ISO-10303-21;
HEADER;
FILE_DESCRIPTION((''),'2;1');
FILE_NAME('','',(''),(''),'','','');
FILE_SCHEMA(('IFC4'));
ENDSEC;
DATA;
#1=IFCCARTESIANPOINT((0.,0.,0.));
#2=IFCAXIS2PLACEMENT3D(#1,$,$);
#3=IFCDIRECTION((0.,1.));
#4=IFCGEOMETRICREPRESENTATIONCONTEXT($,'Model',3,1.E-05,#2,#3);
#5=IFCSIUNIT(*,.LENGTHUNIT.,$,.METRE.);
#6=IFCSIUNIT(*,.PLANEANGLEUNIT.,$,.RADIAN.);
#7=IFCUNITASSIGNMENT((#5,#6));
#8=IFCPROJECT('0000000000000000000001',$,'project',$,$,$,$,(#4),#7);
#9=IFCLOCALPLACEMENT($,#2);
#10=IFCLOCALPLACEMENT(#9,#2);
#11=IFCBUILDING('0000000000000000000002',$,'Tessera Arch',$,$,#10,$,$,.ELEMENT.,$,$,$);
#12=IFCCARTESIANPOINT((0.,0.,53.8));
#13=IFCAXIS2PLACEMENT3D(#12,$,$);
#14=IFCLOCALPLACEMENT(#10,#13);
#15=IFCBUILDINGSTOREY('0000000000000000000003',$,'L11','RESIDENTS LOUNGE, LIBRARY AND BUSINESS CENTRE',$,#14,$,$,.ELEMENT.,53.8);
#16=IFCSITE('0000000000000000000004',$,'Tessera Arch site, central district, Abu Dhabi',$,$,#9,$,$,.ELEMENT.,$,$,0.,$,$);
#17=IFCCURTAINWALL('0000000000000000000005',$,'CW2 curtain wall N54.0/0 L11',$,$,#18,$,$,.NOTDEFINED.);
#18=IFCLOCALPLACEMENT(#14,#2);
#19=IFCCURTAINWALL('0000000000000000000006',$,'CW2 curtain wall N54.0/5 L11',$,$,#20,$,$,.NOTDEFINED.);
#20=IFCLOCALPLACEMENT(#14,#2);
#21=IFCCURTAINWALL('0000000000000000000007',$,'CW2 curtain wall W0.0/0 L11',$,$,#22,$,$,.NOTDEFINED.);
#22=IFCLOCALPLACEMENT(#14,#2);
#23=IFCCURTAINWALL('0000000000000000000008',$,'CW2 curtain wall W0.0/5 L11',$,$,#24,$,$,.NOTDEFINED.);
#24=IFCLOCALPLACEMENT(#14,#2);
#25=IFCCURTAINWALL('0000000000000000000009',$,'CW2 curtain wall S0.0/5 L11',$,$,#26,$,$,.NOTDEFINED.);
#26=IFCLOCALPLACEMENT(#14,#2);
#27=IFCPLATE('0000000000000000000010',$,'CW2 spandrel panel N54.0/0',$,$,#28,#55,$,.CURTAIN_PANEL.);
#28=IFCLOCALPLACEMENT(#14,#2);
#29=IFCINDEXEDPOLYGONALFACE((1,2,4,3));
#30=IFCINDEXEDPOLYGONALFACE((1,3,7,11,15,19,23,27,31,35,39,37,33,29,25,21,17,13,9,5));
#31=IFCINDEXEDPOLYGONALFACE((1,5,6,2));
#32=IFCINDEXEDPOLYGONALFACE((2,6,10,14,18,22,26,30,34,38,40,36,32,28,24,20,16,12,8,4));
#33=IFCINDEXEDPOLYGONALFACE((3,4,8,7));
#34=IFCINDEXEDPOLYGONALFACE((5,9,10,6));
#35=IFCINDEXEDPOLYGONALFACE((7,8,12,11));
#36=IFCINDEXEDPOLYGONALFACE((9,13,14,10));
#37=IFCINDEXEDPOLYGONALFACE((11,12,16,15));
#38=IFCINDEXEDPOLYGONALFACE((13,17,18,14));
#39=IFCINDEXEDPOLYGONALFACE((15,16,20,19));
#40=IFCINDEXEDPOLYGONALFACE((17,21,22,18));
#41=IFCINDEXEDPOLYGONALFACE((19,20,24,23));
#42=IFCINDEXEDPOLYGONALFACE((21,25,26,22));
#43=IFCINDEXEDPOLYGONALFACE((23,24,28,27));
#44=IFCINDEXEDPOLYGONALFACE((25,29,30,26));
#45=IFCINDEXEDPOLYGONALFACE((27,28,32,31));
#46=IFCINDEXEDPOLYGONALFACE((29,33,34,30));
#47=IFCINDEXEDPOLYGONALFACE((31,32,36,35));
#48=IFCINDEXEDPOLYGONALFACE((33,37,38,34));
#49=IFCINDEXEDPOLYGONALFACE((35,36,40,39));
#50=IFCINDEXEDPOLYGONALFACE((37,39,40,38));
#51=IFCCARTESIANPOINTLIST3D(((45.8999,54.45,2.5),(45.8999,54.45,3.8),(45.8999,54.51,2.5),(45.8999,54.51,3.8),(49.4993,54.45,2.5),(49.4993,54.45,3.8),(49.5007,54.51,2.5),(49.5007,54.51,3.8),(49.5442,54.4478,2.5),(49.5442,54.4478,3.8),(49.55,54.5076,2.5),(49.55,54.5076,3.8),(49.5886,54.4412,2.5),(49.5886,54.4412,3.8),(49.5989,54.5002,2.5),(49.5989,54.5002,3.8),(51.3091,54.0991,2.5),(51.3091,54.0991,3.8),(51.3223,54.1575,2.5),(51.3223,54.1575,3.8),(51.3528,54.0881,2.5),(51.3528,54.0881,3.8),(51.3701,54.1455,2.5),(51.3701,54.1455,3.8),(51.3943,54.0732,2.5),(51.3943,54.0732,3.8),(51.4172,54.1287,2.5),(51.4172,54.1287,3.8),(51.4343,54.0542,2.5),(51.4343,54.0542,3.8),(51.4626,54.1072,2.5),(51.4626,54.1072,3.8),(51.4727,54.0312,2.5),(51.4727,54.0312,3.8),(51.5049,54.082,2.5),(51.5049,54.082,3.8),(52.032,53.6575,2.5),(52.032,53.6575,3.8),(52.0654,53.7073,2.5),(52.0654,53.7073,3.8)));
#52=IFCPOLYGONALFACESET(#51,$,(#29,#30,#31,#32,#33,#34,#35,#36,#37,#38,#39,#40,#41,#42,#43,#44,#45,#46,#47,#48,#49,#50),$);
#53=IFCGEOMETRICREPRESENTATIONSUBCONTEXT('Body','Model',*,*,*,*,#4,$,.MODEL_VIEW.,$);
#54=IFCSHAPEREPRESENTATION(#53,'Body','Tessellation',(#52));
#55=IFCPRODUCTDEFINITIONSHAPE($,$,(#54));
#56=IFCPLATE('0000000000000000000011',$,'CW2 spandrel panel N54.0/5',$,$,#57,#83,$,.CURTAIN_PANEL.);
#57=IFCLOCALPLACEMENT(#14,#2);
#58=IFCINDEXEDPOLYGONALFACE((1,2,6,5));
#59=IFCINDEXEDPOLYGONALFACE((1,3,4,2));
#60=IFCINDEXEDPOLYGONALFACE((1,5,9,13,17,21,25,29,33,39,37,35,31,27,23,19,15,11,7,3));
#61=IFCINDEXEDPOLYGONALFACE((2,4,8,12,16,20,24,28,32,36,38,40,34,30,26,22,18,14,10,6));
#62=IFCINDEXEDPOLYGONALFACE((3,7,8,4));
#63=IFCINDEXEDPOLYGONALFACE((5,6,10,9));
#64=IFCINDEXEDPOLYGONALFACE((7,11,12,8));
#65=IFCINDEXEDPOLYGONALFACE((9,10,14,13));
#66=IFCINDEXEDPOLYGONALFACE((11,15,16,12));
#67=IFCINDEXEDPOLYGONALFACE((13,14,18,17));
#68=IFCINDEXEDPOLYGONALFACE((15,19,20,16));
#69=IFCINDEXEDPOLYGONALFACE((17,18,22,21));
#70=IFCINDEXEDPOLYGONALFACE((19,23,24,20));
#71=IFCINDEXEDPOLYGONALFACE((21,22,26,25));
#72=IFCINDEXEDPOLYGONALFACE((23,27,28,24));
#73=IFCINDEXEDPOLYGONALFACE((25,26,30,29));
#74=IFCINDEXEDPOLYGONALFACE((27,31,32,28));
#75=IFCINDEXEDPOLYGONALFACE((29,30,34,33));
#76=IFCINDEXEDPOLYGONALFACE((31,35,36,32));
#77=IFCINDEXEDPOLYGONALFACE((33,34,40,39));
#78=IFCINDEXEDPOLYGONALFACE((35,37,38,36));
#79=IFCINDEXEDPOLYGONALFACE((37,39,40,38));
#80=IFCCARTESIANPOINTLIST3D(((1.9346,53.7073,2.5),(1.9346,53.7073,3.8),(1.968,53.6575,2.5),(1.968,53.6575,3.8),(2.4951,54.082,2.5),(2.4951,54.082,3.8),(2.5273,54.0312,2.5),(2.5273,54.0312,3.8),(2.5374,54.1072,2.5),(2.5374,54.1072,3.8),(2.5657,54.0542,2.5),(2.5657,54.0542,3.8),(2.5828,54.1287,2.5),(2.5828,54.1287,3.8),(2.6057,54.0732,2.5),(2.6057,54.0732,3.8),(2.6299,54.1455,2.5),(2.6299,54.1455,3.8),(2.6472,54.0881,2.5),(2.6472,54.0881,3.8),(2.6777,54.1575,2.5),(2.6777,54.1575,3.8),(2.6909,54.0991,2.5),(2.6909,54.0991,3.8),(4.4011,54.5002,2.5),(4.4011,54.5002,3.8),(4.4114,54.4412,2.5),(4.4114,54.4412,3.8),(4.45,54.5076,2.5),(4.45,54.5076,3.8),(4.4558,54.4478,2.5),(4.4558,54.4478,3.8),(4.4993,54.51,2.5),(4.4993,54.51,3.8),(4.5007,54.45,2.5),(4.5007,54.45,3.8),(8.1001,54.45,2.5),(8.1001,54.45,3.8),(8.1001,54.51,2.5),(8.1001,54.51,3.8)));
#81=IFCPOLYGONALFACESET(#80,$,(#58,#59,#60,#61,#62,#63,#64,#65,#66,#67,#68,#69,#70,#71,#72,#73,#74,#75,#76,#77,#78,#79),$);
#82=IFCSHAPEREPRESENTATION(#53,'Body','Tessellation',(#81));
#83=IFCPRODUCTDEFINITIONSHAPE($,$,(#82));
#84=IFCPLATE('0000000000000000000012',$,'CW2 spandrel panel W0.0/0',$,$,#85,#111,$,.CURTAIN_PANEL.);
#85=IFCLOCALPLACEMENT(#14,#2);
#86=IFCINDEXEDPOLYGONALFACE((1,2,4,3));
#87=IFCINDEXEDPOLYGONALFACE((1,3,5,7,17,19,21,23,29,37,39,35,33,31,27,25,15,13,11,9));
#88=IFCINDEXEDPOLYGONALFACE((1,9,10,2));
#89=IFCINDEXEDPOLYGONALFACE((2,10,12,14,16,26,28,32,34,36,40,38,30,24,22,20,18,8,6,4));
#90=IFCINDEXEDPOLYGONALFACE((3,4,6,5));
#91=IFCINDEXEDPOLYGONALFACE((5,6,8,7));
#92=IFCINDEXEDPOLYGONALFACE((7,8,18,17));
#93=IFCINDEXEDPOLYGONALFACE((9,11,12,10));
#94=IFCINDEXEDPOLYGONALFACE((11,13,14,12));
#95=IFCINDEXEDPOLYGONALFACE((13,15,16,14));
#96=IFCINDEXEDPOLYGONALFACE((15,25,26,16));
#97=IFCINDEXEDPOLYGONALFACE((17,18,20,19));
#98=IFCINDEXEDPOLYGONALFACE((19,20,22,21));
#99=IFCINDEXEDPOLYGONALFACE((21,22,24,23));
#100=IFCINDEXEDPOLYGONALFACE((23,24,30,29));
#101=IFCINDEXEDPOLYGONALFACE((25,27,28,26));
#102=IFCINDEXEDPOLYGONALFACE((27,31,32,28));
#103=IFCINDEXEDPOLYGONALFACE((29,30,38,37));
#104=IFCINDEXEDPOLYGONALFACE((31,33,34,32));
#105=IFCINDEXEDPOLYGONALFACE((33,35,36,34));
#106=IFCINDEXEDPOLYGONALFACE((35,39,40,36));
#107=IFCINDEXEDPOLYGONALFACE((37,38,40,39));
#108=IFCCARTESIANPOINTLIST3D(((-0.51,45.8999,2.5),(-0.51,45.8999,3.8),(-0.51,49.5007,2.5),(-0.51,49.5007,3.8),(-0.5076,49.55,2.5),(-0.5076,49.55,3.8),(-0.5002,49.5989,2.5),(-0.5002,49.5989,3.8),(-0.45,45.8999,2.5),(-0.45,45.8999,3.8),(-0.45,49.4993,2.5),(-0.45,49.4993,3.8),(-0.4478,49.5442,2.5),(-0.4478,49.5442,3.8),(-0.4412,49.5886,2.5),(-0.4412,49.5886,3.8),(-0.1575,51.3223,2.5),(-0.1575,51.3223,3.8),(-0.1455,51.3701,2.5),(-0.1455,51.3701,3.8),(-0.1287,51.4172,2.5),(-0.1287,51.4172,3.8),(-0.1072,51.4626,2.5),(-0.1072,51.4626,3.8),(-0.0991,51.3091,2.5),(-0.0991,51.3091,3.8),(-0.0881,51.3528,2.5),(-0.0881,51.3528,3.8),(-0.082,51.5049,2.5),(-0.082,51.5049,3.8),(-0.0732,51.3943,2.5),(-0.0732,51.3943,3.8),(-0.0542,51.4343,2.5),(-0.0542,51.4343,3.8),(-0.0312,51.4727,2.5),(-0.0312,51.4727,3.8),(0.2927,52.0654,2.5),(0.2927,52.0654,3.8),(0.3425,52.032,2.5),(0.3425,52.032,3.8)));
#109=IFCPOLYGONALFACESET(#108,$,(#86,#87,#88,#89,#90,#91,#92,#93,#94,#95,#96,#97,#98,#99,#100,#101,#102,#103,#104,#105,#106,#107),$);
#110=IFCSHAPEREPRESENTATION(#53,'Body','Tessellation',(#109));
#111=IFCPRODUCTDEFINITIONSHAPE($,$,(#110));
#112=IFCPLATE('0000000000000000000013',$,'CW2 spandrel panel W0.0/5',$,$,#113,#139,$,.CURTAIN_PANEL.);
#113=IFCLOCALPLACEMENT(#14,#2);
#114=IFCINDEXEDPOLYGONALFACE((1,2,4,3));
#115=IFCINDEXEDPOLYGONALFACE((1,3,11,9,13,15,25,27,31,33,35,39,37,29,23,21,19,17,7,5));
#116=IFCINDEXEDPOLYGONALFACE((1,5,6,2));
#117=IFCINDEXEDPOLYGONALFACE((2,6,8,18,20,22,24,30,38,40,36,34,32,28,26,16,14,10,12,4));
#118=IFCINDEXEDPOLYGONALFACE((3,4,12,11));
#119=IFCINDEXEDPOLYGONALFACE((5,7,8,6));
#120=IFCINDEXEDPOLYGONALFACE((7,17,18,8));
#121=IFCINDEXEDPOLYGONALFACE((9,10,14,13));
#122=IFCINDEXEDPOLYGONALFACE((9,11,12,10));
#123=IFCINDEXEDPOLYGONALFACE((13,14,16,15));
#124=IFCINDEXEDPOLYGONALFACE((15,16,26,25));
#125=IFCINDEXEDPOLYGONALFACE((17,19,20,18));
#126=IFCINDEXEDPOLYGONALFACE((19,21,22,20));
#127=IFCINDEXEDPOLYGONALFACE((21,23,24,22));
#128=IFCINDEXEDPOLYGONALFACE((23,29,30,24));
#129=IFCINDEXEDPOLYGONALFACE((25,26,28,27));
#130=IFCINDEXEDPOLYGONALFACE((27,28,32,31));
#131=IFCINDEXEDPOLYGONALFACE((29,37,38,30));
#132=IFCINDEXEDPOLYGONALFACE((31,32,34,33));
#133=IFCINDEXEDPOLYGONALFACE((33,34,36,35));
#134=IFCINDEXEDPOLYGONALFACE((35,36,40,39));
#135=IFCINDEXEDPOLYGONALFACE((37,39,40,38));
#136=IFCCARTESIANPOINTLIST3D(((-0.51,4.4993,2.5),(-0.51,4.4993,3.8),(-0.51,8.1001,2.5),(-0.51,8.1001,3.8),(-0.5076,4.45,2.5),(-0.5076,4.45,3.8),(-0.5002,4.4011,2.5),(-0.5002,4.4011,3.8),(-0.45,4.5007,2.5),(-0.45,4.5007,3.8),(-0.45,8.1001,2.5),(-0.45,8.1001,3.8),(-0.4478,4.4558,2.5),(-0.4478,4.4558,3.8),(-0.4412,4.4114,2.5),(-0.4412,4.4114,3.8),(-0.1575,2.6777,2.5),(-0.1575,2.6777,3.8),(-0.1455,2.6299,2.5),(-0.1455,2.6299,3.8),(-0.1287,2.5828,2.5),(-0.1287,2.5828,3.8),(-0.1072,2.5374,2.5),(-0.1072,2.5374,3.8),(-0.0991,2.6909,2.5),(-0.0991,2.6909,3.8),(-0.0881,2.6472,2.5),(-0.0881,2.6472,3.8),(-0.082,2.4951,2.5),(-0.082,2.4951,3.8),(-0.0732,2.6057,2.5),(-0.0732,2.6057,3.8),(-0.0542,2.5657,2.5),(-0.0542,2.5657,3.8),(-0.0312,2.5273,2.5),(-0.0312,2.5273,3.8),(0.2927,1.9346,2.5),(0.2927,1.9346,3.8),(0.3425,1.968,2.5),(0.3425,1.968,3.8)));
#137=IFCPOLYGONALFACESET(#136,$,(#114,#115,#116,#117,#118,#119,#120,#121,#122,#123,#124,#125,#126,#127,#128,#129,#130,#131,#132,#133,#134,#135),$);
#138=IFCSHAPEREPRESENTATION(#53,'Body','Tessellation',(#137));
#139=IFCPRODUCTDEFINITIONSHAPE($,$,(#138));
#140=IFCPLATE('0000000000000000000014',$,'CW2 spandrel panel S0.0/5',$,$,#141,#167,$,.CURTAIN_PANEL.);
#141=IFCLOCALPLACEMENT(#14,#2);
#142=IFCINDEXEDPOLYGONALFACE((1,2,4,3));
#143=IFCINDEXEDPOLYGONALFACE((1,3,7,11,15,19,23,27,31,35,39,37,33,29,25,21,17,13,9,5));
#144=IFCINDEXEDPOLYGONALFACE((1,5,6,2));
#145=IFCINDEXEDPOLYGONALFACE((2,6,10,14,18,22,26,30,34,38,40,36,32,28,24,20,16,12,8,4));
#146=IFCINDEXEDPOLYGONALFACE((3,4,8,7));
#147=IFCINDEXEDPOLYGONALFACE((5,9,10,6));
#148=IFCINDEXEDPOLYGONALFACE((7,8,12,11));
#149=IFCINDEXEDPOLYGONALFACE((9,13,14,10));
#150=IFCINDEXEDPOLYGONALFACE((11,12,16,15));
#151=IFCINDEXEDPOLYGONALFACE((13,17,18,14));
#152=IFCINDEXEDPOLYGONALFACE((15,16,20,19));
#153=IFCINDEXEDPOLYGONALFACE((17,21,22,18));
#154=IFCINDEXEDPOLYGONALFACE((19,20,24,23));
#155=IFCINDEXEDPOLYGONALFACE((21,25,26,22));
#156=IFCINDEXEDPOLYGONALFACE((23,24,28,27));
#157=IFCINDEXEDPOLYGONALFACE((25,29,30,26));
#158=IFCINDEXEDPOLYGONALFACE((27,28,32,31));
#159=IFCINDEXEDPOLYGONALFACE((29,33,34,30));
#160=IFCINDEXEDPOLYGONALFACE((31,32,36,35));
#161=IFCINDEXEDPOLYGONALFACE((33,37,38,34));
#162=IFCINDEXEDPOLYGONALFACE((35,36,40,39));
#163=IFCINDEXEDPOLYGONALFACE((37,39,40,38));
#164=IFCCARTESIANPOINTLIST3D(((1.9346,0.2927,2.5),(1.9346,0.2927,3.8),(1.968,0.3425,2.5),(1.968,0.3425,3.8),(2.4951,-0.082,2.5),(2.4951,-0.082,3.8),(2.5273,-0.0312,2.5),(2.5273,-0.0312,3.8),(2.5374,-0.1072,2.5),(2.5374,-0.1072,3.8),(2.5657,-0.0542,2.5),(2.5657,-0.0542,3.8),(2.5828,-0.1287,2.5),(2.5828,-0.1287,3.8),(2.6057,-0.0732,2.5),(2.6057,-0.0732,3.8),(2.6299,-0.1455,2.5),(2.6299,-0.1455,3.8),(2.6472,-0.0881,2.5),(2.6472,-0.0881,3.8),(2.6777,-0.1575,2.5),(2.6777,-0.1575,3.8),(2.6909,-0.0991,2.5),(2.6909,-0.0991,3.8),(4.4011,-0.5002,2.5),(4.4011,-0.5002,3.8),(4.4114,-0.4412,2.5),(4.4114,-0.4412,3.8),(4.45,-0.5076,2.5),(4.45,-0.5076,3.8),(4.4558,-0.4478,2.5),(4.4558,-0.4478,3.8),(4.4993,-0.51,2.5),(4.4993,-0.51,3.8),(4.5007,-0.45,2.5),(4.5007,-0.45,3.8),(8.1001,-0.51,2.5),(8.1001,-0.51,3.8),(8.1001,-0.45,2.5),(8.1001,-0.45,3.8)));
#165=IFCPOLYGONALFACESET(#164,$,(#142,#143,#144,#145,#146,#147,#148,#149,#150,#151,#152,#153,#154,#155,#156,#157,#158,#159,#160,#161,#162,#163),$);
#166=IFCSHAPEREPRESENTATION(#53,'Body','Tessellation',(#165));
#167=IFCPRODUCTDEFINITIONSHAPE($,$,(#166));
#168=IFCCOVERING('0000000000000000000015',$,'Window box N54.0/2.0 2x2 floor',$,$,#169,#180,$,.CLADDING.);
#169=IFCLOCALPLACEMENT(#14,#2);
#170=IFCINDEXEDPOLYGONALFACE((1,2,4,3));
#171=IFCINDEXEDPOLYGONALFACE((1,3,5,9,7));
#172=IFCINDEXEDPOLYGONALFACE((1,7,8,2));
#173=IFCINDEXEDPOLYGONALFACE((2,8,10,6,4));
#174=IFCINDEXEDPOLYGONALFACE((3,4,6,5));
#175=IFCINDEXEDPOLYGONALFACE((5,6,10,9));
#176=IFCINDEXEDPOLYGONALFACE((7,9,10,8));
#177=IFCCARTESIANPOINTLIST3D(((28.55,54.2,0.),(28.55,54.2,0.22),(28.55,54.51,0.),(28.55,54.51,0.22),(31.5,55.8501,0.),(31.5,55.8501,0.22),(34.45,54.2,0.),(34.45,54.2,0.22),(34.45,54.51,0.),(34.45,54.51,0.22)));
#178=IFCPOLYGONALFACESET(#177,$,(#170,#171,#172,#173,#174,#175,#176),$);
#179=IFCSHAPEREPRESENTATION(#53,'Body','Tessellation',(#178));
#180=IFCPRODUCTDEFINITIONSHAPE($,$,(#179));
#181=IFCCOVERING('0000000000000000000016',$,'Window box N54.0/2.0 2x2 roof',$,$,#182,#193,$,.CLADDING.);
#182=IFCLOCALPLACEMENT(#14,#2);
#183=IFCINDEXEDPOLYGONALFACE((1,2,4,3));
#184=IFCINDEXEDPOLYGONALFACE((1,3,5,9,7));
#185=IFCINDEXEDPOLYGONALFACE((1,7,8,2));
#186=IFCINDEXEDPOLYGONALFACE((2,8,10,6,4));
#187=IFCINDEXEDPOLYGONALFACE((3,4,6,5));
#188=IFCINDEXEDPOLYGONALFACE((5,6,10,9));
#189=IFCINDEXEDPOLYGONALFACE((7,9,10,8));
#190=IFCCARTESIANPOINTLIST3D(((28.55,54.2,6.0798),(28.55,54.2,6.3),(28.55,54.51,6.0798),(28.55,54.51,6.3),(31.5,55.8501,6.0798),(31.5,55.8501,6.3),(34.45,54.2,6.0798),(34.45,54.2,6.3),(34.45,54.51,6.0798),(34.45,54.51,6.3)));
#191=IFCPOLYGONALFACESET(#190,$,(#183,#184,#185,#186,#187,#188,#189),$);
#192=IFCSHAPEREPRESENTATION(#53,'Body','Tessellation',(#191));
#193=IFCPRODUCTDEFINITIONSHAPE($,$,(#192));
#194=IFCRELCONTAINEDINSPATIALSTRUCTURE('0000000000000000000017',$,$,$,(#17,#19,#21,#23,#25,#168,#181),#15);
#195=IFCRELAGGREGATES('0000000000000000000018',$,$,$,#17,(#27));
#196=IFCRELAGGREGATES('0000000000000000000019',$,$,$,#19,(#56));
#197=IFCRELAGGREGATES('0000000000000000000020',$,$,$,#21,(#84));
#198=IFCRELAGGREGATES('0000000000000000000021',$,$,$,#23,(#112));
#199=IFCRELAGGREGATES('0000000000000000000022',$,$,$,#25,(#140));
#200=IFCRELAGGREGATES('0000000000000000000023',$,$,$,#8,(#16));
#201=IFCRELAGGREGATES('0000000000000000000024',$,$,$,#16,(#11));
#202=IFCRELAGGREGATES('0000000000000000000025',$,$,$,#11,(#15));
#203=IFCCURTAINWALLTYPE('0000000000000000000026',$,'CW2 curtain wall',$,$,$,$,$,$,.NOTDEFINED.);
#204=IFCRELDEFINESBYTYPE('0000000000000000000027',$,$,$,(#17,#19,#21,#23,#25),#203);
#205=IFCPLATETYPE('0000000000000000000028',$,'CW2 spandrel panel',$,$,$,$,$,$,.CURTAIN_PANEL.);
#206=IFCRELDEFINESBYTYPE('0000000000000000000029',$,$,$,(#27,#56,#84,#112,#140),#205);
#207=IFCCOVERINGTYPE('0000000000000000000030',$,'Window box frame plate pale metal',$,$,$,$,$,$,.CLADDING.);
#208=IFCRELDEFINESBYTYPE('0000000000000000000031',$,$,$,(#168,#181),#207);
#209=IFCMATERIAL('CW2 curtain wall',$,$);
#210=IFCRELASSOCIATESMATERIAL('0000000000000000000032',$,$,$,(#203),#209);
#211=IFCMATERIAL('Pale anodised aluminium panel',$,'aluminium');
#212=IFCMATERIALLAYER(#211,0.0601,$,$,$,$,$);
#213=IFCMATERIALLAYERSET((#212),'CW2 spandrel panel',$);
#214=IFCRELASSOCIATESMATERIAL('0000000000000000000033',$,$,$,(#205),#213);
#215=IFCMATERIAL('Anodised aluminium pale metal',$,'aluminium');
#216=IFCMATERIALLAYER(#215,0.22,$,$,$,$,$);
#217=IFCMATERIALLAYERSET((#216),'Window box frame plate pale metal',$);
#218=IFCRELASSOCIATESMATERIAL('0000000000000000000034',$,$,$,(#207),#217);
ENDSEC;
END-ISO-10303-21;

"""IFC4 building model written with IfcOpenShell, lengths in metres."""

from ifc_helpers import new_model, si_unit, direction, frame, origin, place, context, subcontext, project, spatial, polyline, outline, extrude, material, layer, layer_set, type_object, element, aggregate, save


model = new_model("IFC4")

# Units and contexts
model_context = context("Model", 3, precision=1e-05, world=origin(), true_north=direction((0.0, 1.0)))
body_context = subcontext(model_context, "Body", "Model", "MODEL_VIEW")
ifc_project = project(units=[si_unit("LENGTHUNIT", "METRE"), si_unit("PLANEANGLEUNIT", "RADIAN")], contexts=[model_context])

# Site, building, storey
site_placement = place(None, origin())
site = spatial("IfcSite", under=ifc_project, at=site_placement, Name="Tessera Arch site, central district, Abu Dhabi", CompositionType="ELEMENT", RefElevation=0.0)
building_placement = place(site_placement, origin())
building = spatial("IfcBuilding", under=site, at=building_placement, Name="Tessera Arch", CompositionType="ELEMENT")
storey_placement = place(building_placement, frame((0.0, 0.0, 53.8)))
storey = spatial("IfcBuildingStorey", under=building, at=storey_placement, Name="L11", Description="RESIDENTS LOUNGE, LIBRARY AND BUSINESS CENTRE", CompositionType="ELEMENT", Elevation=53.8)

# Curtain walls
ifc_material_1 = material(Name="CW2 curtain wall")
curtain_wall_type = type_object("IfcCurtainWallType", Name="CW2 curtain wall", PredefinedType="NOTDEFINED", material=ifc_material_1)
curtain_wall_1_placement = place(storey_placement, origin())
curtain_wall_1 = element("IfcCurtainWall", 1, at=curtain_wall_1_placement, inside=storey, type_object=curtain_wall_type, Name="CW2 curtain wall N54.0/0 L11", PredefinedType="NOTDEFINED")
curtain_wall_2_placement = place(storey_placement, origin())
curtain_wall_2 = element("IfcCurtainWall", 2, at=curtain_wall_2_placement, inside=storey, type_object=curtain_wall_type, Name="CW2 curtain wall N54.0/5 L11", PredefinedType="NOTDEFINED")
curtain_wall_3_placement = place(storey_placement, origin())
curtain_wall_3 = element("IfcCurtainWall", 3, at=curtain_wall_3_placement, inside=storey, type_object=curtain_wall_type, Name="CW2 curtain wall W0.0/0 L11", PredefinedType="NOTDEFINED")
curtain_wall_4_placement = place(storey_placement, origin())
curtain_wall_4 = element("IfcCurtainWall", 4, at=curtain_wall_4_placement, inside=storey, type_object=curtain_wall_type, Name="CW2 curtain wall W0.0/5 L11", PredefinedType="NOTDEFINED")
curtain_wall_5_placement = place(storey_placement, origin())
curtain_wall_5 = element("IfcCurtainWall", 5, at=curtain_wall_5_placement, inside=storey, type_object=curtain_wall_type, Name="CW2 curtain wall S0.0/5 L11", PredefinedType="NOTDEFINED")

# Plates
ifc_material_2 = material(Name="Pale anodised aluminium panel", Category="aluminium")
ifc_layer_1 = layer(ifc_material_2, 0.0601)
ifc_layer_set_1 = layer_set([ifc_layer_1], Name="CW2 spandrel panel")
plate_type_1 = type_object("IfcPlateType", Name="CW2 spandrel panel", PredefinedType="CURTAIN_PANEL", material=ifc_layer_set_1)
plate_1_placement = place(storey_placement, frame((0.0, 0.0, 2.5)))
plate_1 = element("IfcPlate", 6, at=plate_1_placement, type_object=plate_type_1, Name="CW2 spandrel panel N54.0/0", PredefinedType="CURTAIN_PANEL", context=body_context, shape_type="SweptSolid", body=[
    extrude(outline(polyline([(51.4727, 54.0312), (52.032, 53.6575), (52.0654, 53.7073), (51.5049, 54.082), (51.4626, 54.1072), (51.4172, 54.1287), (51.3701, 54.1455), (51.3223, 54.1575), (49.5989, 54.5002), (49.55, 54.5076), (49.5007, 54.51), (45.8999, 54.51), (45.8999, 54.45), (49.4993, 54.45), (49.5442, 54.4478), (49.5886, 54.4412), (51.3091, 54.0991), (51.3528, 54.0881), (51.3943, 54.0732), (51.4343, 54.0542), (51.4727, 54.0312)])), origin(), (0.0, 0.0, 1.0), 1.3),
])
aggregate(curtain_wall_1, [plate_1])
plate_2_placement = place(storey_placement, frame((0.0, 0.0, 2.5)))
plate_2 = element("IfcPlate", 7, at=plate_2_placement, type_object=plate_type_1, Name="CW2 spandrel panel N54.0/5", PredefinedType="CURTAIN_PANEL", context=body_context, shape_type="SweptSolid", body=[
    extrude(outline(polyline([(4.5007, 54.45), (8.1001, 54.45), (8.1001, 54.51), (4.4993, 54.51), (4.45, 54.5076), (4.4011, 54.5002), (2.6777, 54.1575), (2.6299, 54.1455), (2.5828, 54.1287), (2.5374, 54.1072), (2.4951, 54.082), (1.9346, 53.7073), (1.968, 53.6575), (2.5273, 54.0312), (2.5657, 54.0542), (2.6057, 54.0732), (2.6472, 54.0881), (2.6909, 54.0991), (4.4114, 54.4412), (4.4558, 54.4478), (4.5007, 54.45)])), origin(), (0.0, 0.0, 1.0), 1.3),
])
aggregate(curtain_wall_2, [plate_2])
plate_3_placement = place(storey_placement, frame((0.0, 0.0, 2.5)))
plate_3 = element("IfcPlate", 8, at=plate_3_placement, type_object=plate_type_1, Name="CW2 spandrel panel W0.0/0", PredefinedType="CURTAIN_PANEL", context=body_context, shape_type="SweptSolid", body=[
    extrude(outline(polyline([(-0.0312, 51.4727), (0.3425, 52.032), (0.2927, 52.0654), (-0.082, 51.5049), (-0.1072, 51.4626), (-0.1287, 51.4172), (-0.1455, 51.3701), (-0.1575, 51.3223), (-0.5002, 49.5989), (-0.5076, 49.55), (-0.51, 49.5007), (-0.51, 45.8999), (-0.45, 45.8999), (-0.45, 49.4993), (-0.4478, 49.5442), (-0.4412, 49.5886), (-0.0991, 51.3091), (-0.0881, 51.3528), (-0.0732, 51.3943), (-0.0542, 51.4343), (-0.0312, 51.4727)])), origin(), (0.0, 0.0, 1.0), 1.3),
])
aggregate(curtain_wall_3, [plate_3])
plate_4_placement = place(storey_placement, frame((0.0, 0.0, 2.5)))
plate_4 = element("IfcPlate", 9, at=plate_4_placement, type_object=plate_type_1, Name="CW2 spandrel panel W0.0/5", PredefinedType="CURTAIN_PANEL", context=body_context, shape_type="SweptSolid", body=[
    extrude(outline(polyline([(-0.45, 4.5007), (-0.45, 8.1001), (-0.51, 8.1001), (-0.51, 4.4993), (-0.5076, 4.45), (-0.5002, 4.4011), (-0.1575, 2.6777), (-0.1455, 2.6299), (-0.1287, 2.5828), (-0.1072, 2.5374), (-0.082, 2.4951), (0.2927, 1.9346), (0.3425, 1.968), (-0.0312, 2.5273), (-0.0542, 2.5657), (-0.0732, 2.6057), (-0.0881, 2.6472), (-0.0991, 2.6909), (-0.4412, 4.4114), (-0.4478, 4.4558), (-0.45, 4.5007)])), origin(), (0.0, 0.0, 1.0), 1.3),
])
aggregate(curtain_wall_4, [plate_4])
plate_5_placement = place(storey_placement, frame((0.0, 0.0, 2.5)))
plate_5 = element("IfcPlate", 10, at=plate_5_placement, type_object=plate_type_1, Name="CW2 spandrel panel S0.0/5", PredefinedType="CURTAIN_PANEL", context=body_context, shape_type="SweptSolid", body=[
    extrude(outline(polyline([(2.5273, -0.0312), (1.968, 0.3425), (1.9346, 0.2927), (2.4951, -0.082), (2.5374, -0.1072), (2.5828, -0.1287), (2.6299, -0.1455), (2.6777, -0.1575), (4.4011, -0.5002), (4.45, -0.5076), (4.4993, -0.51), (8.1001, -0.51), (8.1001, -0.45), (4.5007, -0.45), (4.4558, -0.4478), (4.4114, -0.4412), (2.6909, -0.0991), (2.6472, -0.0881), (2.6057, -0.0732), (2.5657, -0.0542), (2.5273, -0.0312)])), origin(), (0.0, 0.0, 1.0), 1.3),
])
aggregate(curtain_wall_5, [plate_5])

# Coverings
ifc_material_3 = material(Name="Anodised aluminium pale metal", Category="aluminium")
ifc_layer_2 = layer(ifc_material_3, 0.22)
ifc_layer_set_2 = layer_set([ifc_layer_2], Name="Window box frame plate pale metal")
covering_type = type_object("IfcCoveringType", Name="Window box frame plate pale metal", PredefinedType="CLADDING", material=ifc_layer_set_2)
covering_1_placement = place(storey_placement, origin())
element("IfcCovering", 11, at=covering_1_placement, inside=storey, type_object=covering_type, Name="Window box N54.0/2.0 2x2 floor", PredefinedType="CLADDING", context=body_context, shape_type="SweptSolid", body=[
    extrude(outline(polyline([(34.45, 54.51), (31.5, 55.8501), (28.55, 54.51), (28.55, 54.2), (34.45, 54.2), (34.45, 54.51)])), origin(), (0.0, 0.0, 1.0), 0.22),
])
covering_2_placement = place(storey_placement, frame((0.0, 0.0, 6.0798)))
element("IfcCovering", 12, at=covering_2_placement, inside=storey, type_object=covering_type, Name="Window box N54.0/2.0 2x2 roof", PredefinedType="CLADDING", context=body_context, shape_type="SweptSolid", body=[
    extrude(outline(polyline([(34.45, 54.51), (31.5, 55.8501), (28.55, 54.51), (28.55, 54.2), (34.45, 54.2), (34.45, 54.51)])), origin(), (0.0, 0.0, 1.0), 0.2202),
])

save(model, "model.ifc")
